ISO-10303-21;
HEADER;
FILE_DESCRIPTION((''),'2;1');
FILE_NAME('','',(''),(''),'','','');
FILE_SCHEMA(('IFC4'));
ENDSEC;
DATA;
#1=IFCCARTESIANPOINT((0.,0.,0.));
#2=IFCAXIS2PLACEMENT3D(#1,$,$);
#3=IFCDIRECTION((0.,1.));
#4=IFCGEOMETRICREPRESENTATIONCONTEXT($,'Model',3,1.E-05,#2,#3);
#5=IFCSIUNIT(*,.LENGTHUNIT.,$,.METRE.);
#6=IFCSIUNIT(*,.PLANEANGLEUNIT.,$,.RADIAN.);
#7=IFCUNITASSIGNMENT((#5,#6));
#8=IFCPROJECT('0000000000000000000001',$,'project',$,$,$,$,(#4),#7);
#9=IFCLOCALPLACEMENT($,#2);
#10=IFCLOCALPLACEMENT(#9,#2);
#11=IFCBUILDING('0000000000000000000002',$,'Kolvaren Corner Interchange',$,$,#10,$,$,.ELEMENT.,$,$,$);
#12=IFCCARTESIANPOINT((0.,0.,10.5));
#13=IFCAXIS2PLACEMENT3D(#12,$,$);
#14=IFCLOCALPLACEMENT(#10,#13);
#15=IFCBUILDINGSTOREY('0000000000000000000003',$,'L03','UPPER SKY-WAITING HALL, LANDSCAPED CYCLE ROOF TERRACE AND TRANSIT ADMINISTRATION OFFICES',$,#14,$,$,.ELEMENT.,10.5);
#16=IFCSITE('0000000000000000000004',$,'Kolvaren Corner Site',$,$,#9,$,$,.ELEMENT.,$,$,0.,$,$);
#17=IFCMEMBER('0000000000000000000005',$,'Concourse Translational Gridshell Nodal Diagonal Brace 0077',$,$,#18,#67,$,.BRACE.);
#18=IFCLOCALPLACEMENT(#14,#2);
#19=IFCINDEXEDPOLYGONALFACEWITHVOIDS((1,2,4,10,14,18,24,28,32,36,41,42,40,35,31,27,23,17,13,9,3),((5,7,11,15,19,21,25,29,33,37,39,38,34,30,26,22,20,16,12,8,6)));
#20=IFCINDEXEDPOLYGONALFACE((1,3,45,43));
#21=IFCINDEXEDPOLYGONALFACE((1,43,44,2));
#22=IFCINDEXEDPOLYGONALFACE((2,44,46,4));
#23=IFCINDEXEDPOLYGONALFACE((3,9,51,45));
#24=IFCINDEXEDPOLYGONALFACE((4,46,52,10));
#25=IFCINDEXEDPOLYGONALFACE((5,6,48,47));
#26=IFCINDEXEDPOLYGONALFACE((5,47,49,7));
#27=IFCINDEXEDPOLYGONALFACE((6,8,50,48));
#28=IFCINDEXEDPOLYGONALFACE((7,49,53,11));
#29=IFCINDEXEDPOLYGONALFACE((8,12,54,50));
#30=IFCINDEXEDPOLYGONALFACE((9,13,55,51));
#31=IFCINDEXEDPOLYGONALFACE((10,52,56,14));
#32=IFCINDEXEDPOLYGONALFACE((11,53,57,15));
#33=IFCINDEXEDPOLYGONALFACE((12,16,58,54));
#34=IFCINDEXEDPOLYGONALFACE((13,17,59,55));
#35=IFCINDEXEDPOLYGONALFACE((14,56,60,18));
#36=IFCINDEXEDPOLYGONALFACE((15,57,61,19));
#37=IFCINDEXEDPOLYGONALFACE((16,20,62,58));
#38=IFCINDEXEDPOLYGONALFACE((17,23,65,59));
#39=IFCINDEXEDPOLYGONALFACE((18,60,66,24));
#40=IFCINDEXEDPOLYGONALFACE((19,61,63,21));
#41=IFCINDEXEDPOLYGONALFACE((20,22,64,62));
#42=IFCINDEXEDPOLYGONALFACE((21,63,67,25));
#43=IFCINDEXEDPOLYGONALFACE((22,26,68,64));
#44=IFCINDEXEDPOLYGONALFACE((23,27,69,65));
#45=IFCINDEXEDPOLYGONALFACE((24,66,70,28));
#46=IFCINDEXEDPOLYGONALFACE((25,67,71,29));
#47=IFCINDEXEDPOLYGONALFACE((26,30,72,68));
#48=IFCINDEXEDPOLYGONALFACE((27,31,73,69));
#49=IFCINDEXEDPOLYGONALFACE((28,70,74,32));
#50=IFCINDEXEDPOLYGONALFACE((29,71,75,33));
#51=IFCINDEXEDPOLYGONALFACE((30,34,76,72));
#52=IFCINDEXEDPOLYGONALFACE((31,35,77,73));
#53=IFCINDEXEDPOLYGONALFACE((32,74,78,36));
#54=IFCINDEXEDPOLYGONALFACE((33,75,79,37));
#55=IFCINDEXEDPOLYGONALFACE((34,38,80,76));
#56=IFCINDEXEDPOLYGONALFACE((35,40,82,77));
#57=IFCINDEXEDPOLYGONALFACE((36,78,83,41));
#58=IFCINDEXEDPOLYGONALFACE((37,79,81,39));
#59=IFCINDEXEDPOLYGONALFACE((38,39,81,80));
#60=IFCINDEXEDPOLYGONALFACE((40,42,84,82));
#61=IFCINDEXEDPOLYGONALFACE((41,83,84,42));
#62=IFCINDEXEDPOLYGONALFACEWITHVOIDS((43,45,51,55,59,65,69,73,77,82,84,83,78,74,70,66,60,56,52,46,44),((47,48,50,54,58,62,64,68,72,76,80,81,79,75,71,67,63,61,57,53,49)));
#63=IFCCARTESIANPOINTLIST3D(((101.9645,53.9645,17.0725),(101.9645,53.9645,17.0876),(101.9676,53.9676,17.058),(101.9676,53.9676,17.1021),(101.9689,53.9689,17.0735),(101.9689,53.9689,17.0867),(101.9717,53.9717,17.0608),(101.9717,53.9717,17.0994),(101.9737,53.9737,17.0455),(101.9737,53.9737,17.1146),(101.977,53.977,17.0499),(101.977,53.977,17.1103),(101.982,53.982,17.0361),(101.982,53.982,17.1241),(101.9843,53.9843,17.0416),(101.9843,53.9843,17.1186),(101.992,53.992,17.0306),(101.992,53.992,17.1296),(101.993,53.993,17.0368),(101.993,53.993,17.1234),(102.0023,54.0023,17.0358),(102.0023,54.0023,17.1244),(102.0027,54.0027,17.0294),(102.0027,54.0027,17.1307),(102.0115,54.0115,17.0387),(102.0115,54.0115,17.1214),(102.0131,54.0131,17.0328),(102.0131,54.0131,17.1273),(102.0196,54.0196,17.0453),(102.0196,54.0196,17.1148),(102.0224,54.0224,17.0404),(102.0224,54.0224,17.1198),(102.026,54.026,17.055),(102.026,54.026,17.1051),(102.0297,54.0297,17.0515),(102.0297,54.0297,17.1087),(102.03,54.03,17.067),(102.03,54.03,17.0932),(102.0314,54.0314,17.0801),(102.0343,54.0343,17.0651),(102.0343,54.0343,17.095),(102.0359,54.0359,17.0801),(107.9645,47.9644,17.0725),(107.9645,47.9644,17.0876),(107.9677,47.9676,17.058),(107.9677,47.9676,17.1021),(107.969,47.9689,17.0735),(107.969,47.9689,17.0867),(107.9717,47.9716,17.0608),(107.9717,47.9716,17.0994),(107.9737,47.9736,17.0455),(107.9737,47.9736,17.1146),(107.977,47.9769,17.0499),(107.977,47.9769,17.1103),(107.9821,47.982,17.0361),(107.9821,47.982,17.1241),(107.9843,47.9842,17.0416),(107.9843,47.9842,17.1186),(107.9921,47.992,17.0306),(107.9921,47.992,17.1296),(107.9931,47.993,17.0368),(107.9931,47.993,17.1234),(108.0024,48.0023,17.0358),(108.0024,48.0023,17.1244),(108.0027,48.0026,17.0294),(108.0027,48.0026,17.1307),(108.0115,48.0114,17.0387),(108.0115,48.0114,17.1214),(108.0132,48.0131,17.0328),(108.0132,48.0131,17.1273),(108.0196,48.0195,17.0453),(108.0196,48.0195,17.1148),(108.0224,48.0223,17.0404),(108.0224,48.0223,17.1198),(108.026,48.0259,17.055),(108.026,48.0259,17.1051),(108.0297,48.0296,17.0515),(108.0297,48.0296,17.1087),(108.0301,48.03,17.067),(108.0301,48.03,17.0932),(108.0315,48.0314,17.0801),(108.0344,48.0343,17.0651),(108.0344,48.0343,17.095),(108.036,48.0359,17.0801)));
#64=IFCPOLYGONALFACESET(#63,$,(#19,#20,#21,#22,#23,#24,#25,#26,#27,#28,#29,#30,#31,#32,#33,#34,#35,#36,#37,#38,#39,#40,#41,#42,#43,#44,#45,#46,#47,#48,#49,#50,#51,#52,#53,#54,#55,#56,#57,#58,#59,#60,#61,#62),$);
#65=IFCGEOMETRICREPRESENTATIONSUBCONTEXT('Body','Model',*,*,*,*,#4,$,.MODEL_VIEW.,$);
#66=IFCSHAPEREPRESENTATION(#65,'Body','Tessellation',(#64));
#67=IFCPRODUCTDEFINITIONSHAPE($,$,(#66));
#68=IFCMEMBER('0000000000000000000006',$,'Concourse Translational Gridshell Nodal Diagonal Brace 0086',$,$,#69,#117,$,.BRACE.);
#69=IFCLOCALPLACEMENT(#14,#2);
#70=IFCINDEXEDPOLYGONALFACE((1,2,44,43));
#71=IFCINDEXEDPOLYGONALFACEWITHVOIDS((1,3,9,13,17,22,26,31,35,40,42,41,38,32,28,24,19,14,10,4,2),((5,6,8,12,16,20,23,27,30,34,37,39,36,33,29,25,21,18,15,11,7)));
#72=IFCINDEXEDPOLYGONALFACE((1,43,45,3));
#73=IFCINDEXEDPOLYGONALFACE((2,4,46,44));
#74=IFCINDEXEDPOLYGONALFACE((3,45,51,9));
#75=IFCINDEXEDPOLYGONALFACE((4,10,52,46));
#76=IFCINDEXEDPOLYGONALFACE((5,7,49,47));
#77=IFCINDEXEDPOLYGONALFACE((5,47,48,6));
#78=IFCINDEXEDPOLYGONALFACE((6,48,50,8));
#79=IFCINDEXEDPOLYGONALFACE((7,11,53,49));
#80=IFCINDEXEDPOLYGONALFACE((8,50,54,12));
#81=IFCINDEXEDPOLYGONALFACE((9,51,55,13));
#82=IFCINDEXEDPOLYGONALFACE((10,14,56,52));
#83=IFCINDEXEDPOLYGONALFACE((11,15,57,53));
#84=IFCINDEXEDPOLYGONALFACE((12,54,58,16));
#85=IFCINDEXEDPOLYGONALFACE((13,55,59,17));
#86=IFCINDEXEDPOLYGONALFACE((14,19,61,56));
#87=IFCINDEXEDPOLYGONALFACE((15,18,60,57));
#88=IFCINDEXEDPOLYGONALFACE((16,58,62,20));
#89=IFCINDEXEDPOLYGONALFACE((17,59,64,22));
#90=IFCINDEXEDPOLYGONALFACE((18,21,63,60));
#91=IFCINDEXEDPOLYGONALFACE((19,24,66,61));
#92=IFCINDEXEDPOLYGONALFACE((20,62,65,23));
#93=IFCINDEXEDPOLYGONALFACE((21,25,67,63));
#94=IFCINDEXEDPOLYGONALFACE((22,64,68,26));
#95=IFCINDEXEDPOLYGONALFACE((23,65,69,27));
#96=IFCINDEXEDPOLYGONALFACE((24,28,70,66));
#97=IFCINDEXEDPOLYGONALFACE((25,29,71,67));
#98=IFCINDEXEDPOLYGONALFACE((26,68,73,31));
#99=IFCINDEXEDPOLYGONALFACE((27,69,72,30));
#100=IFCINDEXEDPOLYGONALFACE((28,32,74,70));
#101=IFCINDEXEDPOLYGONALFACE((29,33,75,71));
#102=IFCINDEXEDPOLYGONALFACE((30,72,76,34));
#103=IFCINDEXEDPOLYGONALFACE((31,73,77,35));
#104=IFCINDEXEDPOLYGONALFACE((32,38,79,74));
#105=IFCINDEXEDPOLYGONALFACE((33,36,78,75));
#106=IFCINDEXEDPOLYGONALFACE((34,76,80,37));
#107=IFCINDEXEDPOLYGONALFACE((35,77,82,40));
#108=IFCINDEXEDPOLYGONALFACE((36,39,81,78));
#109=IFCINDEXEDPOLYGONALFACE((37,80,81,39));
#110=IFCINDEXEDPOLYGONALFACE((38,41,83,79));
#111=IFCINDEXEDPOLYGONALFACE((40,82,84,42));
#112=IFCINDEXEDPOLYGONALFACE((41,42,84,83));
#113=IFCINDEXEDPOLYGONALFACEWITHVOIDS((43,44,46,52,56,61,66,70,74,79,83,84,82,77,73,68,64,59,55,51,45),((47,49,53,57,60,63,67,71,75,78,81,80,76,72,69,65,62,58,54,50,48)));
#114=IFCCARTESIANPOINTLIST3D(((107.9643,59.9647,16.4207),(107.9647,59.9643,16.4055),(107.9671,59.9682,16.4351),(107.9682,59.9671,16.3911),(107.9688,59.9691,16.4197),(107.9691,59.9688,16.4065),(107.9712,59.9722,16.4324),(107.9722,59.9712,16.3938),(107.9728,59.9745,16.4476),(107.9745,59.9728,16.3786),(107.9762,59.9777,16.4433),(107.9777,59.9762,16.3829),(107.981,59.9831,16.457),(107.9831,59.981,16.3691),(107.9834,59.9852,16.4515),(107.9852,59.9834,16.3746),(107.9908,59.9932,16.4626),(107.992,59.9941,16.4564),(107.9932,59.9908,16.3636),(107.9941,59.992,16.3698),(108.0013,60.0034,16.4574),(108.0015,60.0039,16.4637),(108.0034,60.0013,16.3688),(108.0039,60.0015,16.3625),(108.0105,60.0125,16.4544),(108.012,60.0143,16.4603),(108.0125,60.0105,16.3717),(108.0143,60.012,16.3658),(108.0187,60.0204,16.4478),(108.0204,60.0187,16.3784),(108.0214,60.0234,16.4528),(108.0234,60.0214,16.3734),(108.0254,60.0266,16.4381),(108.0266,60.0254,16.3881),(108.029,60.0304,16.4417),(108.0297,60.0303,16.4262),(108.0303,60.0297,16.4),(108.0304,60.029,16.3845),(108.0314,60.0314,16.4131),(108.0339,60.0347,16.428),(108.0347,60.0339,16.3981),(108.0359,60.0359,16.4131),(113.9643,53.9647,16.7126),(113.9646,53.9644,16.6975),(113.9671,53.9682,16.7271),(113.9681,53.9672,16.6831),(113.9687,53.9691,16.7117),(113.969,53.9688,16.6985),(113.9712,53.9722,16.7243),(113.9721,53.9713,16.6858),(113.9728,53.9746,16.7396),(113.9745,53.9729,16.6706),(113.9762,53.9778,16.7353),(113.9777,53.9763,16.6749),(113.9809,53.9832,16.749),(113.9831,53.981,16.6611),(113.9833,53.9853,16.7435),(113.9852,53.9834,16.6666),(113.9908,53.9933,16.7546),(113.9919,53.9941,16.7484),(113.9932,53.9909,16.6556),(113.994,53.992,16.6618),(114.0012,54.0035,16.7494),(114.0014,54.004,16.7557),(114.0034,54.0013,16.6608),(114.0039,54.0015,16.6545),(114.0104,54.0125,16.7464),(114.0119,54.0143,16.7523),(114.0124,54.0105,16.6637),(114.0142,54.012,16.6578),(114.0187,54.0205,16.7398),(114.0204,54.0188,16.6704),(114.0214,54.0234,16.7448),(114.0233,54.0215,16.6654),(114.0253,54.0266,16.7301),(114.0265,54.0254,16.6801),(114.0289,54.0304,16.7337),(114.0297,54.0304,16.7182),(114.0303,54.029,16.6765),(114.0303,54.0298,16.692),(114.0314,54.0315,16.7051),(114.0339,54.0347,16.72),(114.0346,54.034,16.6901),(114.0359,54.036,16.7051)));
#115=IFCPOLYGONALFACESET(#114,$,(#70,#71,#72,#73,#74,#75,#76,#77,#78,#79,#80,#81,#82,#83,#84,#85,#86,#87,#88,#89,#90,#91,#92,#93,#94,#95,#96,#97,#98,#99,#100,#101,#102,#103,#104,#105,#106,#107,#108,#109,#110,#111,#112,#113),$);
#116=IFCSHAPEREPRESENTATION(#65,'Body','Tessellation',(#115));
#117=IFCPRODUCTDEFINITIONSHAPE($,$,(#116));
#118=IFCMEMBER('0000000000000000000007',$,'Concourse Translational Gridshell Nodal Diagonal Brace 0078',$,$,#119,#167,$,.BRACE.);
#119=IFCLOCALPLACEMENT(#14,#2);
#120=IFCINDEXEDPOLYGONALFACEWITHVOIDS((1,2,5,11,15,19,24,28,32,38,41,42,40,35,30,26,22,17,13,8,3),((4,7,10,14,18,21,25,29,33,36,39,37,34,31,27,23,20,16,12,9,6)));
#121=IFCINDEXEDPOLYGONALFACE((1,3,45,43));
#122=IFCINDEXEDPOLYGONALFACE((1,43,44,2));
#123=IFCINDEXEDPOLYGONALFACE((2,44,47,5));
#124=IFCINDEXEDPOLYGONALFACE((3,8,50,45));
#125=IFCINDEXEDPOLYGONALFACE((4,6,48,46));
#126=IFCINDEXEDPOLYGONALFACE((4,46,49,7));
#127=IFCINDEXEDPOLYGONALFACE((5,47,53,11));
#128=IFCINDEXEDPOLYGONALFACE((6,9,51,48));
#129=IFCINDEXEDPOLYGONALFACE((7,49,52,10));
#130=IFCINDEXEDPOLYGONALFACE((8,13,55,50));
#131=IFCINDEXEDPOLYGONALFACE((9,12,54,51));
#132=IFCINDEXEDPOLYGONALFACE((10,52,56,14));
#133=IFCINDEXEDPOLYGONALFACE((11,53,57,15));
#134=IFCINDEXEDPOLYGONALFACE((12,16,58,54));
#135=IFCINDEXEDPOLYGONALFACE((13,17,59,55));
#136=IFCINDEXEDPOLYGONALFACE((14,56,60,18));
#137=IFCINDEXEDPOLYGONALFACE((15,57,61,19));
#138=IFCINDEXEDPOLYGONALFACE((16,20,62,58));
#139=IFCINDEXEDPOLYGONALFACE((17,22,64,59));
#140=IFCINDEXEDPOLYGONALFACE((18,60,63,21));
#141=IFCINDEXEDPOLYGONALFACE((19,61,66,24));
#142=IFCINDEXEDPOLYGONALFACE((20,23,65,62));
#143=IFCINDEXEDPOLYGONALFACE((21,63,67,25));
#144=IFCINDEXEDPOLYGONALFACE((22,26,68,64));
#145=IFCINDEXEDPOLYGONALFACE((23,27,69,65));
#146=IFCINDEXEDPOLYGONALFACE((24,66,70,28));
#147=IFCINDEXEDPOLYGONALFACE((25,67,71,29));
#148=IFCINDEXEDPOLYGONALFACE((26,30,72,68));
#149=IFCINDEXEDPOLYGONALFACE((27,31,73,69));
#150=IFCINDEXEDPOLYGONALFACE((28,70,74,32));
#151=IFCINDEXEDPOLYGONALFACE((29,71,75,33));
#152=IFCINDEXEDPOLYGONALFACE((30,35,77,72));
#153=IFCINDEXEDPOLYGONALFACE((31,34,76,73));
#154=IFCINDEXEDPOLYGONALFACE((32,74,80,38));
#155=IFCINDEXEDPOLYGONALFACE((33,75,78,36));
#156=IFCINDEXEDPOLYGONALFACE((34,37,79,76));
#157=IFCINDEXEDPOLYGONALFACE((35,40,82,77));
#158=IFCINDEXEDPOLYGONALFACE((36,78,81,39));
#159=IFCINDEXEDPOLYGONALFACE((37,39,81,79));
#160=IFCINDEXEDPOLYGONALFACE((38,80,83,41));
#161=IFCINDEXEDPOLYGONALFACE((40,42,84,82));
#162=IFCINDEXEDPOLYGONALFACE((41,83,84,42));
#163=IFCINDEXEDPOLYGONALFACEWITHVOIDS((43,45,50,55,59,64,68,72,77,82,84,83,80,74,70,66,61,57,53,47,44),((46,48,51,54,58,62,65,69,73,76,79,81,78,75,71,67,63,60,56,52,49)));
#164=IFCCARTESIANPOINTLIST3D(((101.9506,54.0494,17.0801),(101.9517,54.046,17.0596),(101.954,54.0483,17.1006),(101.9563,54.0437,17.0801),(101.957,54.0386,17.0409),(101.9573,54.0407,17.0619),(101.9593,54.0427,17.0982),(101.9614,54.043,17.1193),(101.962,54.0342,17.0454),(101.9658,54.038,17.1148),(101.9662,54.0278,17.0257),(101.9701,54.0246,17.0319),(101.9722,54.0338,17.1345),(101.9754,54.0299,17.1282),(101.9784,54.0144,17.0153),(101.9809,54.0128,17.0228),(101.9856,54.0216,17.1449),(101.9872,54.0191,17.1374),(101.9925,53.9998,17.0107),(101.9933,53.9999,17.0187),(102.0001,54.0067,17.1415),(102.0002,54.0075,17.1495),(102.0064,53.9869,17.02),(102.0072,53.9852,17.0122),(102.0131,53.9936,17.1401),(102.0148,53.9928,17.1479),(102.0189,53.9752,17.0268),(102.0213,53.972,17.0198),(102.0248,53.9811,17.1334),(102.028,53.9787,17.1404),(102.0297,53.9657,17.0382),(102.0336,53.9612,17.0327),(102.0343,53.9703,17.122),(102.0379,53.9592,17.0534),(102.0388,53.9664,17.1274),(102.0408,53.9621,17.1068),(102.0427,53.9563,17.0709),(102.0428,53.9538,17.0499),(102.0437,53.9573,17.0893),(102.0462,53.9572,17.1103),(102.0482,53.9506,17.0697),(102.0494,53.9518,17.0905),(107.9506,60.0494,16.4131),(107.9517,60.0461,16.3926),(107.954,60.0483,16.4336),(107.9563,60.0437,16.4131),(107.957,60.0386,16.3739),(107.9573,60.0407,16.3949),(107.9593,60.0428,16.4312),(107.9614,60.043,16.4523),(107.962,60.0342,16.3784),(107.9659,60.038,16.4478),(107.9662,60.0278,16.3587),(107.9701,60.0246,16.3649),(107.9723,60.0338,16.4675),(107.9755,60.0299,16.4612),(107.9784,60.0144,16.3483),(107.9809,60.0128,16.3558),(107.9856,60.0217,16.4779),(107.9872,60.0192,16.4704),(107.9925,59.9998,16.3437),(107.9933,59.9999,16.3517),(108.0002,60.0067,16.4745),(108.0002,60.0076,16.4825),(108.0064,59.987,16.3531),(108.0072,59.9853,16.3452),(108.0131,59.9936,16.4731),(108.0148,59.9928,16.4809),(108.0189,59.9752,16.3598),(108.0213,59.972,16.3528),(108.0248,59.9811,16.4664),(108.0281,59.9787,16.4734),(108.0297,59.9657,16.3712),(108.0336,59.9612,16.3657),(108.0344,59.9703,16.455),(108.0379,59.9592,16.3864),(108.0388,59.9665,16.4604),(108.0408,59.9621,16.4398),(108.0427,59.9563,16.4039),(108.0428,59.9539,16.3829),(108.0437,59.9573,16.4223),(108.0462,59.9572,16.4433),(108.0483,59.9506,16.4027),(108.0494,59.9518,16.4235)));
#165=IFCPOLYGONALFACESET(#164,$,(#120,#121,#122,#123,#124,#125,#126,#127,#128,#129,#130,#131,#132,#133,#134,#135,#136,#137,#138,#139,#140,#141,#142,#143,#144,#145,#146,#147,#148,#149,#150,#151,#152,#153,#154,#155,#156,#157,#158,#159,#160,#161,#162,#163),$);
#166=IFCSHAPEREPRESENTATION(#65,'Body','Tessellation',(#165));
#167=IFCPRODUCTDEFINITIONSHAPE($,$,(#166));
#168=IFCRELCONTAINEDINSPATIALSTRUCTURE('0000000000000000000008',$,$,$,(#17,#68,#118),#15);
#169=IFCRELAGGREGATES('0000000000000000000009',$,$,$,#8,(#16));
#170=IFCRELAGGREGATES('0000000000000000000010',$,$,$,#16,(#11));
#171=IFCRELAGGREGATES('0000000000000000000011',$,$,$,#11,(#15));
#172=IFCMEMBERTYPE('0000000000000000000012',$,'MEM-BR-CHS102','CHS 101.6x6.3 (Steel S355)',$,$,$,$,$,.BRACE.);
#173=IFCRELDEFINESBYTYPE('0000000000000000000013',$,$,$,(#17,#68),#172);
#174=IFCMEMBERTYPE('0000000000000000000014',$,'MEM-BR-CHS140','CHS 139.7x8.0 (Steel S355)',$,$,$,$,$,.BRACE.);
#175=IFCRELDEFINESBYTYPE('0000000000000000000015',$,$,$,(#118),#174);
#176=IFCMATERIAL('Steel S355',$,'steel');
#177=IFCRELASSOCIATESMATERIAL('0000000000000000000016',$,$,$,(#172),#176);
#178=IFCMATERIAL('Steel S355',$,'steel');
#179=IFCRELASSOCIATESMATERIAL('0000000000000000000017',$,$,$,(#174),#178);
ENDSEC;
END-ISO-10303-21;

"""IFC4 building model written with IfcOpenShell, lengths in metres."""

from ifc_helpers import new_model, si_unit, direction, frame, origin, origin_2d, place, context, subcontext, project, spatial, hollow_circle, extrude, material, material_profile, profile_set, type_object, element, save


model = new_model("IFC4")

# Units and contexts
model_context = context("Model", 3, precision=1e-05, world=origin(), true_north=direction((0.0, 1.0)))
body_context = subcontext(model_context, "Body", "Model", "MODEL_VIEW")
ifc_project = project(units=[si_unit("LENGTHUNIT", "METRE"), si_unit("PLANEANGLEUNIT", "RADIAN")], contexts=[model_context])

# Site, building, storey
site_placement = place(None, origin())
site = spatial("IfcSite", under=ifc_project, at=site_placement, Name="Kolvaren Corner Site", CompositionType="ELEMENT", RefElevation=0.0)
building_placement = place(site_placement, origin())
building = spatial("IfcBuilding", under=site, at=building_placement, Name="Kolvaren Corner Interchange", CompositionType="ELEMENT")
storey_placement = place(building_placement, frame((0.0, 0.0, 10.5)))
storey = spatial("IfcBuildingStorey", under=building, at=storey_placement, Name="L03", Description="UPPER SKY-WAITING HALL, LANDSCAPED CYCLE ROOF TERRACE AND TRANSIT ADMINISTRATION OFFICES", CompositionType="ELEMENT", Elevation=10.5)

# Members
ifc_material_1 = material(Name="Steel S355", Category="steel")
ifc_material_profile_1 = material_profile(ifc_material_1, hollow_circle(Radius=0.0508, WallThickness=0.0063, at=origin_2d()), Name="CHS 101.6x6.3")
ifc_profile_set_1 = profile_set([ifc_material_profile_1], Name="Steel S355")
member_type_1 = type_object("IfcMemberType", Name="MEM-BR-CHS102", Description="CHS 101.6x6.3 (Steel S355)", PredefinedType="BRACE", material=ifc_profile_set_1)
member_1_placement = place(storey_placement, frame((102.0, 54.0, 17.0801), z_axis=(0.707107, -0.707107, 0.0), x_axis=(0.707107, 0.707107, 0.0)))
element("IfcMember", 1, at=member_1_placement, inside=storey, type_object=member_type_1, Name="Concourse Translational Gridshell Nodal Diagonal Brace 0077", PredefinedType="BRACE", context=body_context, shape_type="SweptSolid", body=[
    extrude(hollow_circle(Radius=0.0508, WallThickness=0.0063, at=origin_2d()), origin(), (0.0, 0.0, 1.0), 8.4854),
])
member_2_placement = place(storey_placement, frame((108.0, 60.0, 16.4131), z_axis=(0.706688, -0.706688, 0.034391), x_axis=(0.707107, 0.707107, 0.0)))
element("IfcMember", 2, at=member_2_placement, inside=storey, type_object=member_type_1, Name="Concourse Translational Gridshell Nodal Diagonal Brace 0086", PredefinedType="BRACE", context=body_context, shape_type="SweptSolid", body=[
    extrude(hollow_circle(Radius=0.0508, WallThickness=0.0063, at=origin_2d()), origin(), (0.0, 0.0, 1.0), 8.4902),
])
ifc_material_2 = material(Name="Steel S355", Category="steel")
ifc_material_profile_2 = material_profile(ifc_material_2, hollow_circle(Radius=0.0698, WallThickness=0.0081, at=origin_2d()), Name="CHS 139.7x8.0")
ifc_profile_set_2 = profile_set([ifc_material_profile_2], Name="Steel S355")
member_type_2 = type_object("IfcMemberType", Name="MEM-BR-CHS140", Description="CHS 139.7x8.0 (Steel S355)", PredefinedType="BRACE", material=ifc_profile_set_2)
member_3_placement = place(storey_placement, frame((102.0, 54.0, 17.0801), z_axis=(0.704932, 0.704932, -0.078364), x_axis=(-0.707107, 0.707107, 0.0)))
element("IfcMember", 3, at=member_3_placement, inside=storey, type_object=member_type_2, Name="Concourse Translational Gridshell Nodal Diagonal Brace 0078", PredefinedType="BRACE", context=body_context, shape_type="SweptSolid", body=[
    extrude(hollow_circle(Radius=0.0698, WallThickness=0.0081, at=origin_2d()), origin(), (0.0, 0.0, 1.0), 8.5115),
])

save(model, "model.ifc")
